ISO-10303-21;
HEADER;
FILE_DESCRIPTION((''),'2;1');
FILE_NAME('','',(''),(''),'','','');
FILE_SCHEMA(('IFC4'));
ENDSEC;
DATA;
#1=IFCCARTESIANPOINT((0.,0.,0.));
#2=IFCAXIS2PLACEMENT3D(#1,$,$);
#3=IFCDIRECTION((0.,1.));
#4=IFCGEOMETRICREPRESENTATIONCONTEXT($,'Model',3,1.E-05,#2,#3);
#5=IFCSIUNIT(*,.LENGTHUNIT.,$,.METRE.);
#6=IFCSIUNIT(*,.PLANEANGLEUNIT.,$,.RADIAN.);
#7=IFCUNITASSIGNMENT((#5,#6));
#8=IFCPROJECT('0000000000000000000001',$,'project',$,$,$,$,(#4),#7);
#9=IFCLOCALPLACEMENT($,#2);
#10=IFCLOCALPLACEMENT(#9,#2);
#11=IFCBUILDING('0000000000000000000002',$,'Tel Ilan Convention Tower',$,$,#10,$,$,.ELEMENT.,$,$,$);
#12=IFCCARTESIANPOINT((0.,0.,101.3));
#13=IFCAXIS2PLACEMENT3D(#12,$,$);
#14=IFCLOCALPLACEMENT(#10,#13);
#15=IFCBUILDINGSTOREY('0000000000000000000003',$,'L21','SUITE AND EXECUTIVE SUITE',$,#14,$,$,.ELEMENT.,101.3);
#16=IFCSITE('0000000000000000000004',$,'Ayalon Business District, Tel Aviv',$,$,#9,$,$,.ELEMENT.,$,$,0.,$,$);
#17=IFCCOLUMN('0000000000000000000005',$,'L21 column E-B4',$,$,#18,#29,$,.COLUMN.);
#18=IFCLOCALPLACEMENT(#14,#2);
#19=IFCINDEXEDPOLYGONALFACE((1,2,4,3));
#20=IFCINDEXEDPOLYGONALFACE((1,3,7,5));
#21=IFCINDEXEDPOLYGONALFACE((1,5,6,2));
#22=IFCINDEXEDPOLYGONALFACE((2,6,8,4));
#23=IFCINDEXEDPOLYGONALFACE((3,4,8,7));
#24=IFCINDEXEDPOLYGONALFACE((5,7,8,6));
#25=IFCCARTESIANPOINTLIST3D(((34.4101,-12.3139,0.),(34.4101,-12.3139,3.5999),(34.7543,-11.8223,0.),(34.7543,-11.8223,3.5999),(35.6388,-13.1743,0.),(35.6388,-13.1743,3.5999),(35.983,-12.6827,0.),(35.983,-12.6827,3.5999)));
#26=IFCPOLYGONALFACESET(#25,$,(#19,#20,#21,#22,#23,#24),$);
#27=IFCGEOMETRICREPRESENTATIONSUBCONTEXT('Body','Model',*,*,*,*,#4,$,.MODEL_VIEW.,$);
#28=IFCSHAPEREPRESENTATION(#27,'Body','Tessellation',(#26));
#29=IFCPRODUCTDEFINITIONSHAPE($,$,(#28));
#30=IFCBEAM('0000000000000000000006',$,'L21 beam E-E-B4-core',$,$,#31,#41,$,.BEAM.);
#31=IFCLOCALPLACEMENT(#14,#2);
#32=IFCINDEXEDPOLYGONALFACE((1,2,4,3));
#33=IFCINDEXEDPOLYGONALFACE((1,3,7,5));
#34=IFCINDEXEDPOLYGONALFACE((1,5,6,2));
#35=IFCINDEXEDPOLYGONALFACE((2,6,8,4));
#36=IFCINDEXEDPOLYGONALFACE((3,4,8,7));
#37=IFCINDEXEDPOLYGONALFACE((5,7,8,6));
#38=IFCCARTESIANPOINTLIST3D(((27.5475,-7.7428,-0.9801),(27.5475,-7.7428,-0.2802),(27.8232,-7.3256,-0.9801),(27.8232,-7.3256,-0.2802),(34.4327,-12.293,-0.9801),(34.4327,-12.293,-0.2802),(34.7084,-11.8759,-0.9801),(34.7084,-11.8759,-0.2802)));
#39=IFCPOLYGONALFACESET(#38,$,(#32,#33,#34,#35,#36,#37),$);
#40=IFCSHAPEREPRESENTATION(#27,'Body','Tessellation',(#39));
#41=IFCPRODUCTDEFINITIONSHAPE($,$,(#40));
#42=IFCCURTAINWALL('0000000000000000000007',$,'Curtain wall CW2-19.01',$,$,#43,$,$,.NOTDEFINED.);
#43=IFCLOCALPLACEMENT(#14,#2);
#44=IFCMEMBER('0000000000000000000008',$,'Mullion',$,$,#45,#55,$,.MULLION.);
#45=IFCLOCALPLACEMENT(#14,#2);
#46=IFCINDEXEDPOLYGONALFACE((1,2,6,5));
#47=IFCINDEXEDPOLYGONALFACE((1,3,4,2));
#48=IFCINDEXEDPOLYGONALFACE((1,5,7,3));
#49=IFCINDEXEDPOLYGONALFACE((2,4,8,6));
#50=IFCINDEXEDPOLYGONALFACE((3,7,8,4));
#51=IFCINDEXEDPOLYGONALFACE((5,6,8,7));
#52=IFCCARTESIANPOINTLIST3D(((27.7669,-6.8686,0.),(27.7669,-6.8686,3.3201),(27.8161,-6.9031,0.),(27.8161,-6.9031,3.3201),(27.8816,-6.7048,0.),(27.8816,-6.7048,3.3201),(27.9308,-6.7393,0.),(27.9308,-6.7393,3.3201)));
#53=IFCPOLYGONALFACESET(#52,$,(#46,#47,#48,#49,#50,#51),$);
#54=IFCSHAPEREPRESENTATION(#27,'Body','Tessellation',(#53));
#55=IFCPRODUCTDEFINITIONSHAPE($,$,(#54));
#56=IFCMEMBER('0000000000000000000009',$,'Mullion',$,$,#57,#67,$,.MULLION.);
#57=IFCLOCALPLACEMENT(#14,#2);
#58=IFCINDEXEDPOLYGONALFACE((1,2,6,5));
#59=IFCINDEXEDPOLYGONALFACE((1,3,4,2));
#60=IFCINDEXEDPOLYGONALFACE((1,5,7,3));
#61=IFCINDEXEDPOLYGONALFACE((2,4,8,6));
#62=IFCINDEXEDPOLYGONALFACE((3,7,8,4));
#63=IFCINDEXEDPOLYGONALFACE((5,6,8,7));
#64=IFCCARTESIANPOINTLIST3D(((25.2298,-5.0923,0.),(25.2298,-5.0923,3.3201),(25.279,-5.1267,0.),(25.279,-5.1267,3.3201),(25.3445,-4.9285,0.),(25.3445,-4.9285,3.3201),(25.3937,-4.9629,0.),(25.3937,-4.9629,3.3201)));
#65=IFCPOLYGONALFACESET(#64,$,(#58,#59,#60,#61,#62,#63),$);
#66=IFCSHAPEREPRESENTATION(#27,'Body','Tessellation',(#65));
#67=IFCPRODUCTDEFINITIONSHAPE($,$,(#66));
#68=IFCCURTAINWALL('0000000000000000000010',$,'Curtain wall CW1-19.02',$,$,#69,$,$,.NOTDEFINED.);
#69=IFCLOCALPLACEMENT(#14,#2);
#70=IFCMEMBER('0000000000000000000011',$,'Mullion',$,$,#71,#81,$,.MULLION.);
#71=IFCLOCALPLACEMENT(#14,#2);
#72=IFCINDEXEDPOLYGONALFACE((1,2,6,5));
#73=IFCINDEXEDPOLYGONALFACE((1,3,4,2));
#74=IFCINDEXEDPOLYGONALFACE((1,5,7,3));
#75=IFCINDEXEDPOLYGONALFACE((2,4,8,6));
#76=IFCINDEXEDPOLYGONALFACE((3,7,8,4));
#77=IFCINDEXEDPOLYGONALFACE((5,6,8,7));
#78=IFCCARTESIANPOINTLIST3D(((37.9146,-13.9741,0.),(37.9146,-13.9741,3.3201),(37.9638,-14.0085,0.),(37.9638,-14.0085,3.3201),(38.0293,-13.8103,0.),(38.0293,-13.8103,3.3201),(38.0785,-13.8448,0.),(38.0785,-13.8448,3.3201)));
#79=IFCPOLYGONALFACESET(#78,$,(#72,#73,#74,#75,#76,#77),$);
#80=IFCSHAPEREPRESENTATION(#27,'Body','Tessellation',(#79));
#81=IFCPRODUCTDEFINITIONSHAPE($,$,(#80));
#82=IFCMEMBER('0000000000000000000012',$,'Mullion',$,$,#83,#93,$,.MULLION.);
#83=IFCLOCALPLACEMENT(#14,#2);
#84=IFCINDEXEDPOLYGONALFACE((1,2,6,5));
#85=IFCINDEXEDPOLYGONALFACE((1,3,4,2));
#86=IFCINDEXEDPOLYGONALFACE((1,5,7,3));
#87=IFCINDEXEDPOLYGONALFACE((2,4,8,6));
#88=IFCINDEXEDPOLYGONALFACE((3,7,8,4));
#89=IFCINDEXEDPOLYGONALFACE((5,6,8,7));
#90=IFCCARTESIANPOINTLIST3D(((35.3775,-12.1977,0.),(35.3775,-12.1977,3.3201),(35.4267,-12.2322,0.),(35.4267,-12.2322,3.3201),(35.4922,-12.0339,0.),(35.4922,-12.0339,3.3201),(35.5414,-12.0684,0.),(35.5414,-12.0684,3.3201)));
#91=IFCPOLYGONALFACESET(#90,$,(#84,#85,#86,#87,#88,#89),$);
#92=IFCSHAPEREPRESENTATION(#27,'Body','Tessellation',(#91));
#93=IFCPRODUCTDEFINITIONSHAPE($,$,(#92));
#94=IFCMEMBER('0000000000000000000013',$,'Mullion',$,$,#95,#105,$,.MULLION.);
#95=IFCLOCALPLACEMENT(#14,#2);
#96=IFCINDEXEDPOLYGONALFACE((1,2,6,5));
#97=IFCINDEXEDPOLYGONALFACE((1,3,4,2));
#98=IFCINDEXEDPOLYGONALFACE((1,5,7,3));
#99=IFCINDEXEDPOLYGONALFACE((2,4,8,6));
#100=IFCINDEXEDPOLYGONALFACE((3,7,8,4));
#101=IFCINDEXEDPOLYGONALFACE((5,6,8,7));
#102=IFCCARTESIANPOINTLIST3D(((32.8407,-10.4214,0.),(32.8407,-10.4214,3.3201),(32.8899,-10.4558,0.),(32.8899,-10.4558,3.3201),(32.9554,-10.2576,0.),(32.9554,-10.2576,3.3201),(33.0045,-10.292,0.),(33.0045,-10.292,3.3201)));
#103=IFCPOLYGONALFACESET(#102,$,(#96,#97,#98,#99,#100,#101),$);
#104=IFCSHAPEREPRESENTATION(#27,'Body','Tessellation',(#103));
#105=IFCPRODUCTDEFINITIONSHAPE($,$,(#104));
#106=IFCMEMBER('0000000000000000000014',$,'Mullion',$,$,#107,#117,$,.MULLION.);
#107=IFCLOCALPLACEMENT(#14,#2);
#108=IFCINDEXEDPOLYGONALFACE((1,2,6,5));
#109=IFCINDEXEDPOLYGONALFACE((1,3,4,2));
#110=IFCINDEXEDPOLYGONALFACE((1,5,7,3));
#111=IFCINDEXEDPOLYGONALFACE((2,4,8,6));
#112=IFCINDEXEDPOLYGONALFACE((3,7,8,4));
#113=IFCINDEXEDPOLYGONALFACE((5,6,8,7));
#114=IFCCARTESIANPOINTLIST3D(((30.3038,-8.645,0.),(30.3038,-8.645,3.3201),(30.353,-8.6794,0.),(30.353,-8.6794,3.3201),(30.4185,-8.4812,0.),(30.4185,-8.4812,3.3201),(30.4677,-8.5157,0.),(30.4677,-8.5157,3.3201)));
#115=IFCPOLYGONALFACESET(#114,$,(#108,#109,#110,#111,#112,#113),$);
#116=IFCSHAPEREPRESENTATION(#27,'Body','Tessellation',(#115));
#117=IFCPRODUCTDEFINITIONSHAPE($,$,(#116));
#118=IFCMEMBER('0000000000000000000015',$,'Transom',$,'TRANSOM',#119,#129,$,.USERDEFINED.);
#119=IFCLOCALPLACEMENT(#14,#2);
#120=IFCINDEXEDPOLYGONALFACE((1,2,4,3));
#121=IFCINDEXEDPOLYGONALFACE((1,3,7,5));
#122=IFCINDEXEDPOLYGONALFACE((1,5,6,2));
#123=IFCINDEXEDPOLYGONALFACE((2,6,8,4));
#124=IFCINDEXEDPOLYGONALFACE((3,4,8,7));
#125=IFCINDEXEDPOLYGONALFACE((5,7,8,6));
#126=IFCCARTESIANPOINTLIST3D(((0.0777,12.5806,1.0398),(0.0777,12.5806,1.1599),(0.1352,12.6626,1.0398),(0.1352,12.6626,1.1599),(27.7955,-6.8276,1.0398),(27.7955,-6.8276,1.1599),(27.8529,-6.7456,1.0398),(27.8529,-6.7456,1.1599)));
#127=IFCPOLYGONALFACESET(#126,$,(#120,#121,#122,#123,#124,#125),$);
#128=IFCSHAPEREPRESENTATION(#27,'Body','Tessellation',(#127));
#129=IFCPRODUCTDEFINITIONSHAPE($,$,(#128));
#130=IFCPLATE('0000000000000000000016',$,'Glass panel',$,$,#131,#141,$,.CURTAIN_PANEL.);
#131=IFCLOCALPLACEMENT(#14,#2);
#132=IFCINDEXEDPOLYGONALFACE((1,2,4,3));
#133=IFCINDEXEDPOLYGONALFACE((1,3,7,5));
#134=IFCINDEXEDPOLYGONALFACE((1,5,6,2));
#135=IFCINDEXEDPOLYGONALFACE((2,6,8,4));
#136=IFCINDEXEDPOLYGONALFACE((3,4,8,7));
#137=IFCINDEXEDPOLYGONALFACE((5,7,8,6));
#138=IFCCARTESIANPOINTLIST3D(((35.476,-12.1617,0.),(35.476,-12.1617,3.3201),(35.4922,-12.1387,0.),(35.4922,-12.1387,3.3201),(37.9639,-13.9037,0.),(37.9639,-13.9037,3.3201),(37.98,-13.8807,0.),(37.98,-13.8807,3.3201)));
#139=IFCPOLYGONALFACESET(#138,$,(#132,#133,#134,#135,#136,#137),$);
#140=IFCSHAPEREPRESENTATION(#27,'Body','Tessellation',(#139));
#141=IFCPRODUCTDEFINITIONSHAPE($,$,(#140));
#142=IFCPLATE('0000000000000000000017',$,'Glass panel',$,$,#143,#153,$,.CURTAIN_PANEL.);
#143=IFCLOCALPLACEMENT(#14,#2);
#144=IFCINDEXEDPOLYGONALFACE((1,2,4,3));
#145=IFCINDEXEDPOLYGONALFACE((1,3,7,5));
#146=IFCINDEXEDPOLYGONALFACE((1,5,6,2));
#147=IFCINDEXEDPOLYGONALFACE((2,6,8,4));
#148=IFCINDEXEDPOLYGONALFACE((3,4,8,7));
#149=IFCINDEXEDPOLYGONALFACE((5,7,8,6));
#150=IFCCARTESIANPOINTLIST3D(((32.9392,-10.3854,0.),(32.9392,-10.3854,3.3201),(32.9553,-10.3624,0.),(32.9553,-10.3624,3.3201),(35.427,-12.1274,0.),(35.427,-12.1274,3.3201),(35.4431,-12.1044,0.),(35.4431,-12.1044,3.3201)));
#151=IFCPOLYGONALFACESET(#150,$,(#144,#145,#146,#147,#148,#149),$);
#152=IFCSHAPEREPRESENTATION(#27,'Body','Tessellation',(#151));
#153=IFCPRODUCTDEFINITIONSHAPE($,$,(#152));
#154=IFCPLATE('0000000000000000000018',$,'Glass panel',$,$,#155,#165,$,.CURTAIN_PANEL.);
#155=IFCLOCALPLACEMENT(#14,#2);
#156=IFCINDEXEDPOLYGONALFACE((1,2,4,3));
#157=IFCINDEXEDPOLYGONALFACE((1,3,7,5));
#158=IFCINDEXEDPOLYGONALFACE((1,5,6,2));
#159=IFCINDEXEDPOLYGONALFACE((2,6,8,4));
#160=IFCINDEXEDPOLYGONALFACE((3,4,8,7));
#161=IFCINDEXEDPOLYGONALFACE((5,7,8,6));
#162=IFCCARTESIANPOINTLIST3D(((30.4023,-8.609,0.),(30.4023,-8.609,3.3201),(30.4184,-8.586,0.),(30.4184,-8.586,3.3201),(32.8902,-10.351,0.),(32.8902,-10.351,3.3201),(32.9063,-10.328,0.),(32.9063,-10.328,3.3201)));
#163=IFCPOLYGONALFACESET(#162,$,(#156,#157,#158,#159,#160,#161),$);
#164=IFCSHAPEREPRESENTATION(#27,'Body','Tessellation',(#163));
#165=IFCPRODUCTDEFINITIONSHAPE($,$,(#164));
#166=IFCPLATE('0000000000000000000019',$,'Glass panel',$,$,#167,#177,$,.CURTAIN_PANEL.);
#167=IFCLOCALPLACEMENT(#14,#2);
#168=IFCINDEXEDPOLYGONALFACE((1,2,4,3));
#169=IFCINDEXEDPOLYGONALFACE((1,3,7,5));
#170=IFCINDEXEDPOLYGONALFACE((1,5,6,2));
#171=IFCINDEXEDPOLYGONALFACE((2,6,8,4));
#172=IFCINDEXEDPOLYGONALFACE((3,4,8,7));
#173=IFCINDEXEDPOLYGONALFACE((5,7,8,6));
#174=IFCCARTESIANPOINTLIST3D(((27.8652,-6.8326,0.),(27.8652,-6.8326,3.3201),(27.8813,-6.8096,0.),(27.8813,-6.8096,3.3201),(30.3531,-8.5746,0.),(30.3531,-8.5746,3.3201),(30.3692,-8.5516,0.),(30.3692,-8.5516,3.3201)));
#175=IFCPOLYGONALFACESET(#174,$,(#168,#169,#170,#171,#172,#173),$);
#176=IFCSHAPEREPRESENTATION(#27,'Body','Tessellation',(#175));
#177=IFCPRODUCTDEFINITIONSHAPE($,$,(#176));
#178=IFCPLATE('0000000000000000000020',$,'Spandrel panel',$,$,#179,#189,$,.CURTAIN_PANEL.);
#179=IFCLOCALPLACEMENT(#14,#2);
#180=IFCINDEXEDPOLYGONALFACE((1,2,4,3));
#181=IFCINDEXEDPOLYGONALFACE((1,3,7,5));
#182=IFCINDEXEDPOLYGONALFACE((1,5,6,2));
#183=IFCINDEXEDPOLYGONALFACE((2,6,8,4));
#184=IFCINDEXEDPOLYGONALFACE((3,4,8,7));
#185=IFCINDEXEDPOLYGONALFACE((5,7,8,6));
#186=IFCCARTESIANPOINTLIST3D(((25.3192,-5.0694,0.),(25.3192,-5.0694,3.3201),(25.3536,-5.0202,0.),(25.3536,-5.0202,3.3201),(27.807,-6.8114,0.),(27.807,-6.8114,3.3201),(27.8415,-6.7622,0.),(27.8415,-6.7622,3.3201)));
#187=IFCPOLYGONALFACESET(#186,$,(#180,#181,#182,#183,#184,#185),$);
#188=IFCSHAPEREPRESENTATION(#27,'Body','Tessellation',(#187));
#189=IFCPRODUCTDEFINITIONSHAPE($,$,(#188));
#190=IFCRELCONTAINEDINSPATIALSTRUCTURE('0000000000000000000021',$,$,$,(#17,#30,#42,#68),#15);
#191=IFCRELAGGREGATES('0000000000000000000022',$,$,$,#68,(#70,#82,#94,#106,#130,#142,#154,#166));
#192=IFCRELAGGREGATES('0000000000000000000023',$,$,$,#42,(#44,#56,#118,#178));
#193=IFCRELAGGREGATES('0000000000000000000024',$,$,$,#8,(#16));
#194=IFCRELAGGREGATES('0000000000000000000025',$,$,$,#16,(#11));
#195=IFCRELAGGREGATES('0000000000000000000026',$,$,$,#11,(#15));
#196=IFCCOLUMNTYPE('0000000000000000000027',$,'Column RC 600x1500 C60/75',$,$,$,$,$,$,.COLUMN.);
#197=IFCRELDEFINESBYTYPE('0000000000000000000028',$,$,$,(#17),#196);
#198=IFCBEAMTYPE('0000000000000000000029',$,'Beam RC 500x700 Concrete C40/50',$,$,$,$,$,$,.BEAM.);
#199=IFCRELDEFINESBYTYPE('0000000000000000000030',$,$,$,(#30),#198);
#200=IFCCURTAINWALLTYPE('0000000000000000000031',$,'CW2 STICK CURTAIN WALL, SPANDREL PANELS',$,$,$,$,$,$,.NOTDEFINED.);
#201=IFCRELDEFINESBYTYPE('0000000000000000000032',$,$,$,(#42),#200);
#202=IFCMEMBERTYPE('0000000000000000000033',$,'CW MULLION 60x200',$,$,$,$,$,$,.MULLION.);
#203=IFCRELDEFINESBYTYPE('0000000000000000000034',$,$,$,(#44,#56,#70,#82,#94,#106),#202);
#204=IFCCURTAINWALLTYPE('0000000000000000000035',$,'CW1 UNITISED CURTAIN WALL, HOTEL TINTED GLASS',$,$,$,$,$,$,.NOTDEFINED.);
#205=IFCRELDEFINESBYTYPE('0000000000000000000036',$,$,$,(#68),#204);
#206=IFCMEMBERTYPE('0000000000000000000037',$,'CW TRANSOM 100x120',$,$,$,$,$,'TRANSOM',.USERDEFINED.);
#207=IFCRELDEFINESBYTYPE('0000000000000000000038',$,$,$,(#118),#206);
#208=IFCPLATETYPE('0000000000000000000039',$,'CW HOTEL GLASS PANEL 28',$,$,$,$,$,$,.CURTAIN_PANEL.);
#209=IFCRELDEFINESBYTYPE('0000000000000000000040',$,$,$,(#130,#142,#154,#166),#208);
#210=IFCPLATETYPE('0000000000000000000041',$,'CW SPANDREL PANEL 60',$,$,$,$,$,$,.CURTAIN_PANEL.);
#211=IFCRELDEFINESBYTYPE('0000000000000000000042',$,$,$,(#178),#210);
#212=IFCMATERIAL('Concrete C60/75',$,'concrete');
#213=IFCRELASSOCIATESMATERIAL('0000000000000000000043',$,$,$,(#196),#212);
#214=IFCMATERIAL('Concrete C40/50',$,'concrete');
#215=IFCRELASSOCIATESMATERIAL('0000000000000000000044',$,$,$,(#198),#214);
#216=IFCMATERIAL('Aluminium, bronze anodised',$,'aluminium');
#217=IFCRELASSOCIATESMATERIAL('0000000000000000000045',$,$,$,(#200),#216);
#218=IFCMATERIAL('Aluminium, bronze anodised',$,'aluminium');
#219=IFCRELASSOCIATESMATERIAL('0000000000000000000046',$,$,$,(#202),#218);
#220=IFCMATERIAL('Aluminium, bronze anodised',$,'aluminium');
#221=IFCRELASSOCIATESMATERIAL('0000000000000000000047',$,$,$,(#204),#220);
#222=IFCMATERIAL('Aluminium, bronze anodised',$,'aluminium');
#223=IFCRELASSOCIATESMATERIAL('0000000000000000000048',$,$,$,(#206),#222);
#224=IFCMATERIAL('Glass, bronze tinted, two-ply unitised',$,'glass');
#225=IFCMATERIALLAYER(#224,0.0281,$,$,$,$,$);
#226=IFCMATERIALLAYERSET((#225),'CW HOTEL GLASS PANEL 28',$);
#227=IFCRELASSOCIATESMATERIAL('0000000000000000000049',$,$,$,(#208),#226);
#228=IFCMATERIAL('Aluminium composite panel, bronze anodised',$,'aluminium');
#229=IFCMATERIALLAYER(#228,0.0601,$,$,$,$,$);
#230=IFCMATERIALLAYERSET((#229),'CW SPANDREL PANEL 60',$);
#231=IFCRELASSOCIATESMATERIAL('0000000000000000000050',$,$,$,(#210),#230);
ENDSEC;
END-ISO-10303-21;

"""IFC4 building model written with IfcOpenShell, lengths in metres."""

from ifc_helpers import new_model, si_unit, direction, frame, origin, origin_2d, place, context, subcontext, project, spatial, rectangle, extrude, material, layer, layer_set, material_profile, profile_set, type_object, element, aggregate, save


model = new_model("IFC4")

# Units and contexts
model_context = context("Model", 3, precision=1e-05, world=origin(), true_north=direction((0.0, 1.0)))
body_context = subcontext(model_context, "Body", "Model", "MODEL_VIEW")
ifc_project = project(units=[si_unit("LENGTHUNIT", "METRE"), si_unit("PLANEANGLEUNIT", "RADIAN")], contexts=[model_context])

# Site, building, storey
site_placement = place(None, origin())
site = spatial("IfcSite", under=ifc_project, at=site_placement, Name="Ayalon Business District, Tel Aviv", CompositionType="ELEMENT", RefElevation=0.0)
building_placement = place(site_placement, origin())
building = spatial("IfcBuilding", under=site, at=building_placement, Name="Tel Ilan Convention Tower", CompositionType="ELEMENT")
storey_placement = place(building_placement, frame((0.0, 0.0, 101.3)))
storey = spatial("IfcBuildingStorey", under=building, at=storey_placement, Name="L21", Description="SUITE AND EXECUTIVE SUITE", CompositionType="ELEMENT", Elevation=101.3)

# Column
ifc_material_1 = material(Name="Concrete C60/75", Category="concrete")
ifc_material_profile_1 = material_profile(ifc_material_1, rectangle(XDim=1.5, YDim=0.6001, at=origin_2d()), Name="RC 600x1500")
ifc_profile_set_1 = profile_set([ifc_material_profile_1], Name="Concrete C60/75")
column_type = type_object("IfcColumnType", Name="Column RC 600x1500 C60/75", PredefinedType="COLUMN", material=ifc_profile_set_1)
column_placement = place(storey_placement, frame((35.1965, -12.4983, 0.0), z_axis=(0.0, 0.0, 1.0), x_axis=(0.819152, -0.573576, 0.0)))
element("IfcColumn", 1, at=column_placement, inside=storey, type_object=column_type, Name="L21 column E-B4", PredefinedType="COLUMN", context=body_context, shape_type="SweptSolid", body=[
    extrude(rectangle(XDim=1.5, YDim=0.6001, at=origin_2d()), origin(), (0.0, 0.0, 1.0), 3.5999),
])

# Beam
ifc_material_2 = material(Name="Concrete C40/50", Category="concrete")
ifc_material_profile_2 = material_profile(ifc_material_2, rectangle(XDim=0.5, YDim=0.7, at=origin_2d()), Name="RC 500x700")
ifc_profile_set_2 = profile_set([ifc_material_profile_2], Name="Concrete C40/50")
beam_type = type_object("IfcBeamType", Name="Beam RC 500x700 Concrete C40/50", PredefinedType="BEAM", material=ifc_profile_set_2)
beam_placement = place(storey_placement, frame((34.5706, -12.0845, -0.6301), z_axis=(-0.834274, 0.551351, 0.0), x_axis=(-0.551351, -0.834274, 0.0)))
element("IfcBeam", 2, at=beam_placement, inside=storey, type_object=beam_type, Name="L21 beam E-E-B4-core", PredefinedType="BEAM", context=body_context, shape_type="SweptSolid", body=[
    extrude(rectangle(XDim=0.5, YDim=0.7, at=origin_2d()), origin(), (0.0, 0.0, 1.0), 8.2529),
])

# Curtain walls, members
ifc_material_3 = material(Name="Aluminium, bronze anodised", Category="aluminium")
curtain_wall_type_1 = type_object("IfcCurtainWallType", Name="CW2 STICK CURTAIN WALL, SPANDREL PANELS", PredefinedType="NOTDEFINED", material=ifc_material_3)
curtain_wall_1_placement = place(storey_placement, origin())
curtain_wall_1 = element("IfcCurtainWall", 3, at=curtain_wall_1_placement, inside=storey, type_object=curtain_wall_type_1, Name="Curtain wall CW2-19.01", PredefinedType="NOTDEFINED")
ifc_material_4 = material(Name="Aluminium, bronze anodised", Category="aluminium")
ifc_material_profile_3 = material_profile(ifc_material_4, rectangle(XDim=0.0601, YDim=0.2, at=origin_2d()), Name="CW MULLION 60x200")
ifc_profile_set_3 = profile_set([ifc_material_profile_3], Name="Aluminium, bronze anodised")
member_type_1 = type_object("IfcMemberType", Name="CW MULLION 60x200", PredefinedType="MULLION", material=ifc_profile_set_3)
member_1_placement = place(storey_placement, frame((27.8489, -6.804, 0.0), z_axis=(0.0, 0.0, 1.0), x_axis=(-0.819152, 0.573576, 0.0)))
member_1 = element("IfcMember", 4, at=member_1_placement, type_object=member_type_1, Name="Mullion", PredefinedType="MULLION", context=body_context, shape_type="SweptSolid", body=[
    extrude(rectangle(XDim=0.0601, YDim=0.2, at=origin_2d()), origin(), (0.0, 0.0, 1.0), 3.3201),
])
member_2_placement = place(storey_placement, frame((25.3118, -5.0276, 0.0), z_axis=(0.0, 0.0, 1.0), x_axis=(-0.819152, 0.573576, 0.0)))
member_2 = element("IfcMember", 5, at=member_2_placement, type_object=member_type_1, Name="Mullion", PredefinedType="MULLION", context=body_context, shape_type="SweptSolid", body=[
    extrude(rectangle(XDim=0.0601, YDim=0.2, at=origin_2d()), origin(), (0.0, 0.0, 1.0), 3.3201),
])
ifc_material_5 = material(Name="Aluminium, bronze anodised", Category="aluminium")
curtain_wall_type_2 = type_object("IfcCurtainWallType", Name="CW1 UNITISED CURTAIN WALL, HOTEL TINTED GLASS", PredefinedType="NOTDEFINED", material=ifc_material_5)
curtain_wall_2_placement = place(storey_placement, origin())
curtain_wall_2 = element("IfcCurtainWall", 6, at=curtain_wall_2_placement, inside=storey, type_object=curtain_wall_type_2, Name="Curtain wall CW1-19.02", PredefinedType="NOTDEFINED")
member_3_placement = place(storey_placement, frame((37.9966, -13.9094, 0.0), z_axis=(0.0, 0.0, 1.0), x_axis=(-0.819152, 0.573576, 0.0)))
member_3 = element("IfcMember", 7, at=member_3_placement, type_object=member_type_1, Name="Mullion", PredefinedType="MULLION", context=body_context, shape_type="SweptSolid", body=[
    extrude(rectangle(XDim=0.0601, YDim=0.2, at=origin_2d()), origin(), (0.0, 0.0, 1.0), 3.3201),
])
member_4_placement = place(storey_placement, frame((35.4595, -12.1331, 0.0), z_axis=(0.0, 0.0, 1.0), x_axis=(-0.819152, 0.573576, 0.0)))
member_4 = element("IfcMember", 8, at=member_4_placement, type_object=member_type_1, Name="Mullion", PredefinedType="MULLION", context=body_context, shape_type="SweptSolid", body=[
    extrude(rectangle(XDim=0.0601, YDim=0.2, at=origin_2d()), origin(), (0.0, 0.0, 1.0), 3.3201),
])
member_5_placement = place(storey_placement, frame((32.9226, -10.3567, 0.0), z_axis=(0.0, 0.0, 1.0), x_axis=(-0.819152, 0.573576, 0.0)))
member_5 = element("IfcMember", 9, at=member_5_placement, type_object=member_type_1, Name="Mullion", PredefinedType="MULLION", context=body_context, shape_type="SweptSolid", body=[
    extrude(rectangle(XDim=0.0601, YDim=0.2, at=origin_2d()), origin(), (0.0, 0.0, 1.0), 3.3201),
])
member_6_placement = place(storey_placement, frame((30.3857, -8.5803, 0.0), z_axis=(0.0, 0.0, 1.0), x_axis=(-0.819152, 0.573576, 0.0)))
member_6 = element("IfcMember", 10, at=member_6_placement, type_object=member_type_1, Name="Mullion", PredefinedType="MULLION", context=body_context, shape_type="SweptSolid", body=[
    extrude(rectangle(XDim=0.0601, YDim=0.2, at=origin_2d()), origin(), (0.0, 0.0, 1.0), 3.3201),
])

# Member
ifc_material_6 = material(Name="Aluminium, bronze anodised", Category="aluminium")
ifc_material_profile_4 = material_profile(ifc_material_6, rectangle(XDim=0.1001, YDim=0.1201, at=origin_2d()), Name="CW TRANSOM 100x120")
ifc_profile_set_4 = profile_set([ifc_material_profile_4], Name="Aluminium, bronze anodised")
member_type_2 = type_object("IfcMemberType", Name="CW TRANSOM 100x120", ElementType="TRANSOM", PredefinedType="USERDEFINED", material=ifc_profile_set_4)
member_7_placement = place(storey_placement, frame((27.8242, -6.7866, 1.0999), z_axis=(-0.819152, 0.573577, 0.0), x_axis=(-0.573577, -0.819152, 0.0)))
member_7 = element("IfcMember", 11, at=member_7_placement, type_object=member_type_2, Name="Transom", ObjectType="TRANSOM", PredefinedType="USERDEFINED", context=body_context, shape_type="SweptSolid", body=[
    extrude(rectangle(XDim=0.1001, YDim=0.1201, at=origin_2d()), origin(), (0.0, 0.0, 1.0), 33.8372),
])

# Plates
ifc_material_7 = material(Name="Glass, bronze tinted, two-ply unitised", Category="glass")
ifc_layer_1 = layer(ifc_material_7, 0.0281)
ifc_layer_set_1 = layer_set([ifc_layer_1], Name="CW HOTEL GLASS PANEL 28")
plate_type_1 = type_object("IfcPlateType", Name="CW HOTEL GLASS PANEL 28", PredefinedType="CURTAIN_PANEL", material=ifc_layer_set_1)
plate_1_placement = place(storey_placement, frame((36.728, -13.0212, 0.0), z_axis=(0.0, 0.0, 1.0), x_axis=(-0.819152, 0.573576, 0.0)))
plate_1 = element("IfcPlate", 12, at=plate_1_placement, type_object=plate_type_1, Name="Glass panel", PredefinedType="CURTAIN_PANEL", context=body_context, shape_type="SweptSolid", body=[
    extrude(rectangle(XDim=3.0371, YDim=0.0281, at=origin_2d()), origin(), (0.0, 0.0, 1.0), 3.3201),
])
plate_2_placement = place(storey_placement, frame((34.1912, -11.2449, 0.0), z_axis=(0.0, 0.0, 1.0), x_axis=(-0.819152, 0.573576, 0.0)))
plate_2 = element("IfcPlate", 13, at=plate_2_placement, type_object=plate_type_1, Name="Glass panel", PredefinedType="CURTAIN_PANEL", context=body_context, shape_type="SweptSolid", body=[
    extrude(rectangle(XDim=3.0371, YDim=0.0281, at=origin_2d()), origin(), (0.0, 0.0, 1.0), 3.3201),
])
plate_3_placement = place(storey_placement, frame((31.6543, -9.4685, 0.0), z_axis=(0.0, 0.0, 1.0), x_axis=(-0.819152, 0.573576, 0.0)))
plate_3 = element("IfcPlate", 14, at=plate_3_placement, type_object=plate_type_1, Name="Glass panel", PredefinedType="CURTAIN_PANEL", context=body_context, shape_type="SweptSolid", body=[
    extrude(rectangle(XDim=3.0371, YDim=0.0281, at=origin_2d()), origin(), (0.0, 0.0, 1.0), 3.3201),
])
plate_4_placement = place(storey_placement, frame((29.1172, -7.6921, 0.0), z_axis=(0.0, 0.0, 1.0), x_axis=(-0.819152, 0.573576, 0.0)))
plate_4 = element("IfcPlate", 15, at=plate_4_placement, type_object=plate_type_1, Name="Glass panel", PredefinedType="CURTAIN_PANEL", context=body_context, shape_type="SweptSolid", body=[
    extrude(rectangle(XDim=3.0371, YDim=0.0281, at=origin_2d()), origin(), (0.0, 0.0, 1.0), 3.3201),
])
aggregate(curtain_wall_2, [member_3, member_4, member_5, member_6, plate_1, plate_2, plate_3, plate_4])
ifc_material_8 = material(Name="Aluminium composite panel, bronze anodised", Category="aluminium")
ifc_layer_2 = layer(ifc_material_8, 0.0601)
ifc_layer_set_2 = layer_set([ifc_layer_2], Name="CW SPANDREL PANEL 60")
plate_type_2 = type_object("IfcPlateType", Name="CW SPANDREL PANEL 60", PredefinedType="CURTAIN_PANEL", material=ifc_layer_set_2)
plate_5_placement = place(storey_placement, frame((26.5803, -5.9158, 0.0), z_axis=(0.0, 0.0, 1.0), x_axis=(-0.819152, 0.573576, 0.0)))
plate_5 = element("IfcPlate", 16, at=plate_5_placement, type_object=plate_type_2, Name="Spandrel panel", PredefinedType="CURTAIN_PANEL", context=body_context, shape_type="SweptSolid", body=[
    extrude(rectangle(XDim=3.0371, YDim=0.0601, at=origin_2d()), origin(), (0.0, 0.0, 1.0), 3.3201),
])
aggregate(curtain_wall_1, [member_1, member_2, member_7, plate_5])

save(model, "model.ifc")
